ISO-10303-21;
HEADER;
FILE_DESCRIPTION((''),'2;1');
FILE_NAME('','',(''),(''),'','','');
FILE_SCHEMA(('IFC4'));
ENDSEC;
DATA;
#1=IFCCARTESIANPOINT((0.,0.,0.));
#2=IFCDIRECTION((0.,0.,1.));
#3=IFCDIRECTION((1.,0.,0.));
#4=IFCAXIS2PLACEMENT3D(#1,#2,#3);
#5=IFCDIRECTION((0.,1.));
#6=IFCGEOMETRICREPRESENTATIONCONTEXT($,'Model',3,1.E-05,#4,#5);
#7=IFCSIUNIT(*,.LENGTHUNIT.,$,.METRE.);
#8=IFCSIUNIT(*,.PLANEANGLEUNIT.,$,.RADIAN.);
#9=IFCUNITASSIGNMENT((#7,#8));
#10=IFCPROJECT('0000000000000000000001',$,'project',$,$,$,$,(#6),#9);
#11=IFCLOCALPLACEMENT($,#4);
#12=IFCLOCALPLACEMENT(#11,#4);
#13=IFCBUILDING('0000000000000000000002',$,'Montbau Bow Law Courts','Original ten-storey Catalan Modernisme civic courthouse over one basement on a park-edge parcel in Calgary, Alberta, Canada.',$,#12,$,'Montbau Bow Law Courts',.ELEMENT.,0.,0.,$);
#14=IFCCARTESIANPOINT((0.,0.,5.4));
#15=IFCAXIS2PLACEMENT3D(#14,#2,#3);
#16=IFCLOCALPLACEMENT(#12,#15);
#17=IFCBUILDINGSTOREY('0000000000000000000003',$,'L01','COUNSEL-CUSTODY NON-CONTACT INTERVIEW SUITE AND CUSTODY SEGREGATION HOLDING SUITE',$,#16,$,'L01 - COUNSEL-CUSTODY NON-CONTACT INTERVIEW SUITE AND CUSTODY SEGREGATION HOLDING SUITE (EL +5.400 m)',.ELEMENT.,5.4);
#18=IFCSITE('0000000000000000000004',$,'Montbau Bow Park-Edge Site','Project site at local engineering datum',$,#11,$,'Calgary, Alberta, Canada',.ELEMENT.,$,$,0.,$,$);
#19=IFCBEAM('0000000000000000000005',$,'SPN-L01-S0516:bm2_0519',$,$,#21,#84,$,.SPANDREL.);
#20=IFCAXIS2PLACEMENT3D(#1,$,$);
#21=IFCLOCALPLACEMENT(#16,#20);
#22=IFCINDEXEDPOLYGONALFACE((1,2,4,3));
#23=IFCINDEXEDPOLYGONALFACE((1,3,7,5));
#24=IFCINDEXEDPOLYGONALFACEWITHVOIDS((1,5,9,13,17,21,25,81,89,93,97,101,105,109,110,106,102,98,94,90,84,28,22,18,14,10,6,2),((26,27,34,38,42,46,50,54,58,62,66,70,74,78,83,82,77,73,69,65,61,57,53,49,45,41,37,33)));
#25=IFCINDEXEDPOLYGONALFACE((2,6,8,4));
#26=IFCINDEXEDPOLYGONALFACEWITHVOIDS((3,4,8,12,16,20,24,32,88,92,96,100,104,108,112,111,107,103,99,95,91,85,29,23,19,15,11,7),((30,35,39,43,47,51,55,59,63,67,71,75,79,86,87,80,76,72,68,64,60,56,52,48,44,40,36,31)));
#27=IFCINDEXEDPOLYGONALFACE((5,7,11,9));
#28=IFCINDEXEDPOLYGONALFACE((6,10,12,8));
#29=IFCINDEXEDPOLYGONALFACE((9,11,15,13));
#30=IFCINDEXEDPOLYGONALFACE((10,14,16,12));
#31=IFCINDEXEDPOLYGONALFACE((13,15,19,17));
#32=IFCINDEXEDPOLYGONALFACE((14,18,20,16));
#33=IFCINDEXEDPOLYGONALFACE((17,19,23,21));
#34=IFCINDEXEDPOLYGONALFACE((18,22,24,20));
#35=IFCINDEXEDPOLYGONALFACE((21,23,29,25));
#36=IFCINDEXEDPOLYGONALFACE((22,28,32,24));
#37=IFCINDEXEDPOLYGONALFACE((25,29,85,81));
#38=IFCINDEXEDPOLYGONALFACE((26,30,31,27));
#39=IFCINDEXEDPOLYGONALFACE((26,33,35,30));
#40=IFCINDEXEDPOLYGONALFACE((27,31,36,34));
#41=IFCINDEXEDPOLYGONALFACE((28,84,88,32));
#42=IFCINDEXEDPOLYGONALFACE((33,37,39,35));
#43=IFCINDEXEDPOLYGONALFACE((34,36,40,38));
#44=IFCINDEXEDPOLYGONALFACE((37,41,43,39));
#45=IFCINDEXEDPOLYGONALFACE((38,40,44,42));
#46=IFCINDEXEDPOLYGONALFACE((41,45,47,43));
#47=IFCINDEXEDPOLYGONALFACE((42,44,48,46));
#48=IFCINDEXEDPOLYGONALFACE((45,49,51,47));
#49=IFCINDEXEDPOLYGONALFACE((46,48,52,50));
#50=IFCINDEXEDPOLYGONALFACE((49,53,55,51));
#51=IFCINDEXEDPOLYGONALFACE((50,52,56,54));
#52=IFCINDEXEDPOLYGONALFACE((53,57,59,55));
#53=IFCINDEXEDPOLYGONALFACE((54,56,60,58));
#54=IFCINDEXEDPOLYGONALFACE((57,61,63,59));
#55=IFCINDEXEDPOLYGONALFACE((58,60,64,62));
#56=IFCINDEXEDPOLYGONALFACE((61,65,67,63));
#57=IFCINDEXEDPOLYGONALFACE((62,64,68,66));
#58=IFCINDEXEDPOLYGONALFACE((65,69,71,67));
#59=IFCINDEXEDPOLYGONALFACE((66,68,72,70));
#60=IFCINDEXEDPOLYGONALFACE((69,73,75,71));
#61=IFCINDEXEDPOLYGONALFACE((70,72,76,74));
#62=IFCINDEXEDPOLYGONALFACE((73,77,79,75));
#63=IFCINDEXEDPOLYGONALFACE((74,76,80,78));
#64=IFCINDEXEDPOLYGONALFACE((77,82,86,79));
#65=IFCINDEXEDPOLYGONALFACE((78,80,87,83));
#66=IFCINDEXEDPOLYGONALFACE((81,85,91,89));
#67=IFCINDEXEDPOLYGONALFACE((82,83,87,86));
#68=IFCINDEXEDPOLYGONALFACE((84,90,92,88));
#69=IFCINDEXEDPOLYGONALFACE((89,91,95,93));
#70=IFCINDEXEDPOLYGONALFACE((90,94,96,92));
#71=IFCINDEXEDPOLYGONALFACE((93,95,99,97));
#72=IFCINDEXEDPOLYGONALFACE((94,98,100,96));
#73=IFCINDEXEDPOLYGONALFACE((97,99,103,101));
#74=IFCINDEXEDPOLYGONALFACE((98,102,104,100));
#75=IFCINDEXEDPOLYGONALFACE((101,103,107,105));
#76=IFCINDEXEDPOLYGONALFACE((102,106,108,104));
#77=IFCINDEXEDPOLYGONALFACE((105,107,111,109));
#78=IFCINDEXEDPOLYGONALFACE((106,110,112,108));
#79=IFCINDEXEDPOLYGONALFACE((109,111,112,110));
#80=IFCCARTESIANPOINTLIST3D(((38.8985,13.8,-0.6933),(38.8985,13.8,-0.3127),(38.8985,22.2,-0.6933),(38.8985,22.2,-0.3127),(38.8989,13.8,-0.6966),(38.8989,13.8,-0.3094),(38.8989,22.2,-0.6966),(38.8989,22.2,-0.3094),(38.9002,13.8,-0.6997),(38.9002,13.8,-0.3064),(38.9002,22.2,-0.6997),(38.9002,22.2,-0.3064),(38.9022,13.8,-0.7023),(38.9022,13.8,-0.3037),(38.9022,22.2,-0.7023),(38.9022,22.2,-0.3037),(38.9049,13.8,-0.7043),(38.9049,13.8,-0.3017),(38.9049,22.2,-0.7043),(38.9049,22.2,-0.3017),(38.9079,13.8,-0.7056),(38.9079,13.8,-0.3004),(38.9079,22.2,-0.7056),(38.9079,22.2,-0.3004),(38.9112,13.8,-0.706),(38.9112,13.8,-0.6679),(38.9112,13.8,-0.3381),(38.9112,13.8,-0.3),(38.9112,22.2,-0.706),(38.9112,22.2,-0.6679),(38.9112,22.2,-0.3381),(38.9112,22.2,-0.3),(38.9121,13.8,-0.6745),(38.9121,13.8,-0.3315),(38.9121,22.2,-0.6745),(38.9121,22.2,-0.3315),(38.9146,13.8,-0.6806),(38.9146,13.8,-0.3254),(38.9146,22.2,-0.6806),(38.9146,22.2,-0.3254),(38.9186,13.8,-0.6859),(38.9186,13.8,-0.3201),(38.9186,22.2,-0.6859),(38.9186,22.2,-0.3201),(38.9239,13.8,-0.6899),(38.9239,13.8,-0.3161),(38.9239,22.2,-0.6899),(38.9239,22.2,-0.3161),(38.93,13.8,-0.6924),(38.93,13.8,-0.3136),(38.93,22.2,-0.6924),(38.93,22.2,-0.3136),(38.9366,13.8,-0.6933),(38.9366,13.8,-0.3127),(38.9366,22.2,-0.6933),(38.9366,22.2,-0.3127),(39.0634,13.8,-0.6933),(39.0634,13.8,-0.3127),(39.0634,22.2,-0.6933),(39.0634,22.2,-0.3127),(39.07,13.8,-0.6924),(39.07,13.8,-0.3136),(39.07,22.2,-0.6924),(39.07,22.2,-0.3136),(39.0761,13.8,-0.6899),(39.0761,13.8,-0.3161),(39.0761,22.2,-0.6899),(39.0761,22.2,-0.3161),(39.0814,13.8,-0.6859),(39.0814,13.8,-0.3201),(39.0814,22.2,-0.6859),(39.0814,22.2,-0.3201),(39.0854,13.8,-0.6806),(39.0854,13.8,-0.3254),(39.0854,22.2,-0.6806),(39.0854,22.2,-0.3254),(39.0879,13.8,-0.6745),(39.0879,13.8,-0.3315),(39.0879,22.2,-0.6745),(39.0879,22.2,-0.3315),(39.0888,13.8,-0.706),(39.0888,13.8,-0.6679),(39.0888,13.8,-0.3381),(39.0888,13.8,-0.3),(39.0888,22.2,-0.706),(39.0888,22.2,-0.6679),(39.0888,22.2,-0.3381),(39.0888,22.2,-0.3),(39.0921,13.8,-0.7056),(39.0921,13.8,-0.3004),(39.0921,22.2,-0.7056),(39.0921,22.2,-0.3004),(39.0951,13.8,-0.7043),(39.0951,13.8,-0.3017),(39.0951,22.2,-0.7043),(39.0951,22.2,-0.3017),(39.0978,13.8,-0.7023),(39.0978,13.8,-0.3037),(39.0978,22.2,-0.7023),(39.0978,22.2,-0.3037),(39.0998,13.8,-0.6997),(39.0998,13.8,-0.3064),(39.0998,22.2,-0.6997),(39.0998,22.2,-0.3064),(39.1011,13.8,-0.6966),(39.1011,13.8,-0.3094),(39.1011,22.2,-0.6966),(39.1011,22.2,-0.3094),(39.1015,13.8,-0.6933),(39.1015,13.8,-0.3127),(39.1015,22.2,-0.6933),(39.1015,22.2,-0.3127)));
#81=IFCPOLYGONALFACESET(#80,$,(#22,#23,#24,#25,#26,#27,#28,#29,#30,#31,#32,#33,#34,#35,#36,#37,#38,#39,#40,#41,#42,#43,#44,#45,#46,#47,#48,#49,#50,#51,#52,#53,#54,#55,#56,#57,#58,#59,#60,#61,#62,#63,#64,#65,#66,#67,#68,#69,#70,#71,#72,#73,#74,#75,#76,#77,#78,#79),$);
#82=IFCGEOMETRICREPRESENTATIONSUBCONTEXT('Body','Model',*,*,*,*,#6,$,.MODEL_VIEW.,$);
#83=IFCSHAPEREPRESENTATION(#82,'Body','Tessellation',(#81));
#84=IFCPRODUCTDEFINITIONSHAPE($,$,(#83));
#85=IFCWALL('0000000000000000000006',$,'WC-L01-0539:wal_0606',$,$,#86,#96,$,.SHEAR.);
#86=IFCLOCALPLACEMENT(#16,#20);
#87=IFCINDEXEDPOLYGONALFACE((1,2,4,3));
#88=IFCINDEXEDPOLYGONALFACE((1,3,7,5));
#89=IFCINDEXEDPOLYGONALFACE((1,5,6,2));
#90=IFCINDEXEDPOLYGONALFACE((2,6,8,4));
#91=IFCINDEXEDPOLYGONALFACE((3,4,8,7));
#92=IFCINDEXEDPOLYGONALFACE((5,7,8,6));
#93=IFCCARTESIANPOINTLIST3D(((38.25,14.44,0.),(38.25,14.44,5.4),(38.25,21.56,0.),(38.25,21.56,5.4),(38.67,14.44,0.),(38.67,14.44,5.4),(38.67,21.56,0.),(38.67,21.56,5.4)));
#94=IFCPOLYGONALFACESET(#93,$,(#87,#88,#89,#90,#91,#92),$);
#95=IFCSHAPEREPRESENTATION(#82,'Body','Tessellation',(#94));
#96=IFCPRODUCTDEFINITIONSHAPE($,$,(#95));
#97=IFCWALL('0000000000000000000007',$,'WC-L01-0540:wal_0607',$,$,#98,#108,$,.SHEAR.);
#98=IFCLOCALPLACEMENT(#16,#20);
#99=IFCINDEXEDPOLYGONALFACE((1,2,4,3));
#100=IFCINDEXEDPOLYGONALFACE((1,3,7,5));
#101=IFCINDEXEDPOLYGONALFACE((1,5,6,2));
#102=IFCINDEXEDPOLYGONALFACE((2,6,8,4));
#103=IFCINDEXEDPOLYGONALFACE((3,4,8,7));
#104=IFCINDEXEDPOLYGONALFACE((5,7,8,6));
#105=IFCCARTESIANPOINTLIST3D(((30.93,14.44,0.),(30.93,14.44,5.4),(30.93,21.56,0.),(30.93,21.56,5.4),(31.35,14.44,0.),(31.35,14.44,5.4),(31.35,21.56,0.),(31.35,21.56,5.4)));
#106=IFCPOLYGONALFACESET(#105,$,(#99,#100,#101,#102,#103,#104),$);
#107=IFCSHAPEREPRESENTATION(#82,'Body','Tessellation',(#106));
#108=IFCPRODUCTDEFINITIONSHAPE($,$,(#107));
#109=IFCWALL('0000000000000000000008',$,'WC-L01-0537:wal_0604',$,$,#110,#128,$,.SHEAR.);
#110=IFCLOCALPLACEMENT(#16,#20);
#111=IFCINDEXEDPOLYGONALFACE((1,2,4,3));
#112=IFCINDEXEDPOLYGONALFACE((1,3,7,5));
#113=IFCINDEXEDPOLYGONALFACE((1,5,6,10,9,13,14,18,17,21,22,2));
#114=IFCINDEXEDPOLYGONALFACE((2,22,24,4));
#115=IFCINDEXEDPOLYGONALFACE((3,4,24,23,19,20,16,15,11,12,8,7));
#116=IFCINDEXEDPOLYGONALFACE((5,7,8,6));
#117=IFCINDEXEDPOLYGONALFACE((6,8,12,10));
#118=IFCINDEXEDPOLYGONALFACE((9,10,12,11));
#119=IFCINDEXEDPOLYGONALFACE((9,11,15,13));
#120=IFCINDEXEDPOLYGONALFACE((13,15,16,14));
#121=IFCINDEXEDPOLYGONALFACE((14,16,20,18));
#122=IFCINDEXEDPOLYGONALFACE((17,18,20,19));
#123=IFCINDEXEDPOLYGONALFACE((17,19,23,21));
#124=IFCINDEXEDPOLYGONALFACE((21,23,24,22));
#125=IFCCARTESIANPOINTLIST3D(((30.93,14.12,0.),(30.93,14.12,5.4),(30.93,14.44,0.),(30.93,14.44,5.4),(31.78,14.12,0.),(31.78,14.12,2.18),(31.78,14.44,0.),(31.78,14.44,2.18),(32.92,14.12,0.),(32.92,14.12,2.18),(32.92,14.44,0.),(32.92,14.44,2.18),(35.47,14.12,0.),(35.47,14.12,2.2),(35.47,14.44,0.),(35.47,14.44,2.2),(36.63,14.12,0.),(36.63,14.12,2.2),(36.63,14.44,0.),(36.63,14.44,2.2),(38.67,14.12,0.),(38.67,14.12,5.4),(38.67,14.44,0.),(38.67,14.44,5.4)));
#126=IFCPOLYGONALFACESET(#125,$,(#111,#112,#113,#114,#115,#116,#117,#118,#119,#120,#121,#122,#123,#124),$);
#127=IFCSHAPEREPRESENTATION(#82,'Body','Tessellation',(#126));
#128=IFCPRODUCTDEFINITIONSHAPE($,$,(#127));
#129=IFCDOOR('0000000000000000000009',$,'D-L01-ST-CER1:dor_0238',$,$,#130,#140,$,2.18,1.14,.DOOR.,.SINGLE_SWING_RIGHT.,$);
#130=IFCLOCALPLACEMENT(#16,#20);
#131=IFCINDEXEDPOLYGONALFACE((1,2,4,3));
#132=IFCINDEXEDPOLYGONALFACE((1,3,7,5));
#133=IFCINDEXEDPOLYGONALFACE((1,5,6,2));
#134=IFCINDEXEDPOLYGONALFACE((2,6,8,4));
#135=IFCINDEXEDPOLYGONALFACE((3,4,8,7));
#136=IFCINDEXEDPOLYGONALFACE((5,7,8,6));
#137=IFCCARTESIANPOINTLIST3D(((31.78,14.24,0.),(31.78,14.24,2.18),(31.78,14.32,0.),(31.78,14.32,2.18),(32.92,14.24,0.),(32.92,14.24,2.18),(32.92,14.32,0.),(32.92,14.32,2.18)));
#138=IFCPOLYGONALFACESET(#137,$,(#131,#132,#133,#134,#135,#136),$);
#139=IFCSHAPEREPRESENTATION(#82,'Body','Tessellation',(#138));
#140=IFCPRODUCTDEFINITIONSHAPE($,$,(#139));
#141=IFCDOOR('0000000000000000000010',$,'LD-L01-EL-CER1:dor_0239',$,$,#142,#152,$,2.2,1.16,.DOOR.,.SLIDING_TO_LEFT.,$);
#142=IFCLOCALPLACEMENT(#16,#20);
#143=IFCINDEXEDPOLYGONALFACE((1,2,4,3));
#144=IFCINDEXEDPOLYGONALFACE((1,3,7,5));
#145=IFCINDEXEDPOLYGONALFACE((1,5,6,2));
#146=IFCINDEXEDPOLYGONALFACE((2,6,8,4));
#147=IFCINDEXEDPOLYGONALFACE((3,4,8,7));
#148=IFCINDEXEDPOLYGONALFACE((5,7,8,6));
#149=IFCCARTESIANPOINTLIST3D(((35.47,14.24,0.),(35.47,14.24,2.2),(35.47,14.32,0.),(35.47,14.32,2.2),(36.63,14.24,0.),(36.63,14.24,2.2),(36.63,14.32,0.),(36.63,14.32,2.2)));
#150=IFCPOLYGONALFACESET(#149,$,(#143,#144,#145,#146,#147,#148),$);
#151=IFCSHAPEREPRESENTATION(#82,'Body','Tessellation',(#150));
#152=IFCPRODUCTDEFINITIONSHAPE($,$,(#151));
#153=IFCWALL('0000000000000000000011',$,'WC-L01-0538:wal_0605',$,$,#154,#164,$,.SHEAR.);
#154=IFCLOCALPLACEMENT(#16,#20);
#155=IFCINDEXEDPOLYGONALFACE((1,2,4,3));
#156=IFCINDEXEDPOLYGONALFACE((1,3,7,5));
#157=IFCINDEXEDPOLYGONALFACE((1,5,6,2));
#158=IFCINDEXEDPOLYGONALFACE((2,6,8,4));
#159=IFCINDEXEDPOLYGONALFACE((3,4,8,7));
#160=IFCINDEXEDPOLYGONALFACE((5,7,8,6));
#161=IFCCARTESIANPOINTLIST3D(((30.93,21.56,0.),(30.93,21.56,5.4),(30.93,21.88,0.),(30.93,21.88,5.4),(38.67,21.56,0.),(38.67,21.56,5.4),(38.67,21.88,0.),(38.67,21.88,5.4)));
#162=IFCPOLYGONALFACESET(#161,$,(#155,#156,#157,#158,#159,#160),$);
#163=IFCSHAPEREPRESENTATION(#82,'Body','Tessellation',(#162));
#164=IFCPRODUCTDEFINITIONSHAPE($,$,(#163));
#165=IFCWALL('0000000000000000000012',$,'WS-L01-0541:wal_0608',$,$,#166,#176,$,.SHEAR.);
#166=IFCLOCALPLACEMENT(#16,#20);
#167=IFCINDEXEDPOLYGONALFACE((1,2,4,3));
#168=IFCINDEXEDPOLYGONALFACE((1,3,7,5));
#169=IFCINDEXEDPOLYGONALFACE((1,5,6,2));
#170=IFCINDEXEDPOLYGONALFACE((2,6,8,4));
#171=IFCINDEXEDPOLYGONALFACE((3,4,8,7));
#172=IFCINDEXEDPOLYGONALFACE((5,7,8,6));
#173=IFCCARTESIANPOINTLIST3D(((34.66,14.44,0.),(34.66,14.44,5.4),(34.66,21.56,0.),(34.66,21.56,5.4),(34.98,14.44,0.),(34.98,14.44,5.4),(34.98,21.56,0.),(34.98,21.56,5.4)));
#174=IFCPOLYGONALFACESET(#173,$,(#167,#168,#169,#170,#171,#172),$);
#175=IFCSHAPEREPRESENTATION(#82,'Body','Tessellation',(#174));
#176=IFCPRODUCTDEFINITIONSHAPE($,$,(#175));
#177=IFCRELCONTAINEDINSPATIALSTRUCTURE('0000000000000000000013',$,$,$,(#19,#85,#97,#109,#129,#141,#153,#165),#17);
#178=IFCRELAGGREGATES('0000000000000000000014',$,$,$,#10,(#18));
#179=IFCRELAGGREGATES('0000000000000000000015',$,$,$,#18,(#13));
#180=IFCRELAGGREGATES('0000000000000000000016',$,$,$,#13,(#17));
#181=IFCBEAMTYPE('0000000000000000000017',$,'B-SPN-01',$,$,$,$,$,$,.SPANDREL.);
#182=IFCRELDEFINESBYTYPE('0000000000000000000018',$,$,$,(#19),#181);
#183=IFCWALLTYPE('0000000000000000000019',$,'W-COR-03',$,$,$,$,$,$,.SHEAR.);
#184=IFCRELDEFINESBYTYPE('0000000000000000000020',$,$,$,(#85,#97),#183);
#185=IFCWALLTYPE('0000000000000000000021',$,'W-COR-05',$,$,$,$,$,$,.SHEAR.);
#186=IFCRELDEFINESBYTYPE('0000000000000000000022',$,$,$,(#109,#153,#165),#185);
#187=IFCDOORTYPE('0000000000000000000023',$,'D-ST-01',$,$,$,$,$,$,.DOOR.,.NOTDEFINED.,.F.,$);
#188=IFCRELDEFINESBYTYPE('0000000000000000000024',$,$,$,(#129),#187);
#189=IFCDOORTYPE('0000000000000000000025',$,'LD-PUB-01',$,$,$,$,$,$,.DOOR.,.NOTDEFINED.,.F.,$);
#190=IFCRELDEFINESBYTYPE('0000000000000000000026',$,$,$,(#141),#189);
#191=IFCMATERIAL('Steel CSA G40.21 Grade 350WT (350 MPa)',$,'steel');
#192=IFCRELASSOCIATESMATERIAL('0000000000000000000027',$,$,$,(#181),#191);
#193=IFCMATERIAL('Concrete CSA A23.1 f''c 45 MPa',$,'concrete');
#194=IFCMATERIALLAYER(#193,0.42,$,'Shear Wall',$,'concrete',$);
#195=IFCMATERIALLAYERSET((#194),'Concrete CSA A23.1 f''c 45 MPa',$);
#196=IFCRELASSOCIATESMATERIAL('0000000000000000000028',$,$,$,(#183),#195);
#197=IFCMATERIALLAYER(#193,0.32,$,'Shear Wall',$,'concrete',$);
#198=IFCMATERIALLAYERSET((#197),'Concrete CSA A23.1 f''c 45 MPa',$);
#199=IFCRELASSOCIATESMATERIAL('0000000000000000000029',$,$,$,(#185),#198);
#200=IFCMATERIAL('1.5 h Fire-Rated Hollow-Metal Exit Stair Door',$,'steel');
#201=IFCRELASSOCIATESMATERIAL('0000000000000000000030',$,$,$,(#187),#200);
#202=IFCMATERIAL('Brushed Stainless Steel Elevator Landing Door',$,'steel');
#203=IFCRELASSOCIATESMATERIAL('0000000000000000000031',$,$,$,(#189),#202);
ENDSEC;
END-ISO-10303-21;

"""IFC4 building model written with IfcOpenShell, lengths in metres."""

from ifc_helpers import new_model, si_unit, direction, frame, frame_2d, origin_with_axes, origin_2d_with_axis, place, context, subcontext, project, spatial, rectangle, hollow_rectangle, extrude, material, layer, layer_set, material_profile, profile_set, type_object, element, fill, save


model = new_model("IFC4")

# Units and contexts
model_context = context("Model", 3, precision=1e-05, world=origin_with_axes(), true_north=direction((0.0, 1.0)))
body_context = subcontext(model_context, "Body", "Model", "MODEL_VIEW")
ifc_project = project(units=[si_unit("LENGTHUNIT", "METRE"), si_unit("PLANEANGLEUNIT", "RADIAN")], contexts=[model_context])

# Site, building, storey
site_placement = place(None, origin_with_axes())
site = spatial("IfcSite", under=ifc_project, at=site_placement, Name="Montbau Bow Park-Edge Site", Description="Project site at local engineering datum", LongName="Calgary, Alberta, Canada", CompositionType="ELEMENT", RefElevation=0.0)
building_placement = place(site_placement, origin_with_axes())
building = spatial("IfcBuilding", under=site, at=building_placement, Name="Montbau Bow Law Courts", Description="Original ten-storey Catalan Modernisme civic courthouse over one basement on a park-edge parcel in Calgary, Alberta, Canada.", LongName="Montbau Bow Law Courts", CompositionType="ELEMENT", ElevationOfRefHeight=0.0, ElevationOfTerrain=0.0)
storey_placement = place(building_placement, frame((0.0, 0.0, 5.4), z_axis=(0.0, 0.0, 1.0), x_axis=(1.0, 0.0, 0.0)))
storey = spatial("IfcBuildingStorey", under=building, at=storey_placement, Name="L01", Description="COUNSEL-CUSTODY NON-CONTACT INTERVIEW SUITE AND CUSTODY SEGREGATION HOLDING SUITE", LongName="L01 - COUNSEL-CUSTODY NON-CONTACT INTERVIEW SUITE AND CUSTODY SEGREGATION HOLDING SUITE (EL +5.400 m)", CompositionType="ELEMENT", Elevation=5.4)

# Beam
ifc_material_1 = material(Name="Steel CSA G40.21 Grade 350WT (350 MPa)", Category="steel")
ifc_material_profile_1 = material_profile(ifc_material_1, hollow_rectangle(XDim=0.203, YDim=0.406, WallThickness=0.0127, InnerFilletRadius=0.0254, OuterFilletRadius=0.0127, at=origin_2d_with_axis()), Name="HSS406X203X13", Category="Main", Priority=0)
ifc_profile_set_1 = profile_set([ifc_material_profile_1], Name="Steel CSA G40.21 Grade 350WT (350 MPa)")
beam_type_1 = type_object("IfcBeamType", Name="B-SPN-01", PredefinedType="SPANDREL", material=ifc_profile_set_1)
beam_1_placement = place(None, frame((39.0, 13.8, 4.897), z_axis=(0.0, 1.0, 0.0), x_axis=(-1.0, 0.0, 0.0)))
element("IfcBeam", 1, at=beam_1_placement, inside=storey, type_object=beam_type_1, Name="SPN-L01-S0516:bm2_0519", PredefinedType="SPANDREL", context=body_context, shape_type="SweptSolid", body=[
    extrude(hollow_rectangle(XDim=0.203, YDim=0.406, WallThickness=0.0127, InnerFilletRadius=0.0254, OuterFilletRadius=0.0127, at=origin_2d_with_axis()), origin_with_axes(), (0.0, 0.0, 1.0), 8.4),
])

# Walls
ifc_material_2 = material(Name="Concrete CSA A23.1 f'c 45 MPa", Category="concrete")
ifc_layer_1 = layer(ifc_material_2, 0.42, Name="Shear Wall", Category="concrete")
ifc_layer_set_1 = layer_set([ifc_layer_1], Name="Concrete CSA A23.1 f'c 45 MPa")
wall_type_1 = type_object("IfcWallType", Name="W-COR-03", PredefinedType="SHEAR", material=ifc_layer_set_1)
for number, where, z_axis, x_axis, name in (
    (2, (38.46, 14.44, 5.4), (0.0, 0.0, 1.0), (0.0, 1.0, 0.0), "WC-L01-0539:wal_0606"),
    (3, (31.14, 21.56, 5.4), (0.0, 0.0, 1.0), (0.0, -1.0, 0.0), "WC-L01-0540:wal_0607"),
):
    element("IfcWall", number, at=place(None, frame(where, z_axis=z_axis, x_axis=x_axis)), inside=storey, type_object=wall_type_1, Name=name, PredefinedType="SHEAR", context=body_context, shape_type="SweptSolid", body=[
        extrude(rectangle(XDim=7.12, YDim=0.42, at=frame_2d((3.56, 0.0), x_axis=(1.0, 0.0))), origin_with_axes(), (0.0, 0.0, 1.0), 5.4),
    ])

# Wall, openings, doors
ifc_layer_2 = layer(ifc_material_2, 0.32, Name="Shear Wall", Category="concrete")
ifc_layer_set_2 = layer_set([ifc_layer_2], Name="Concrete CSA A23.1 f'c 45 MPa")
wall_type_2 = type_object("IfcWallType", Name="W-COR-05", PredefinedType="SHEAR", material=ifc_layer_set_2)
wall_1_placement = place(None, frame((30.93, 14.28, 5.4), z_axis=(0.0, 0.0, 1.0), x_axis=(1.0, 0.0, 0.0)))
wall_1 = element("IfcWall", 4, at=wall_1_placement, inside=storey, type_object=wall_type_2, Name="WC-L01-0537:wal_0604", PredefinedType="SHEAR", context=body_context, shape_type="SweptSolid", body=[
    extrude(rectangle(XDim=7.74, YDim=0.32, at=frame_2d((3.87, 0.0), x_axis=(1.0, 0.0))), origin_with_axes(), (0.0, 0.0, 1.0), 5.4),
])
opening_1_placement = place(None, frame((32.35, 14.28, 5.4), z_axis=(0.0, 0.0, 1.0), x_axis=(1.0, 0.0, 0.0)))
opening_1 = element("IfcOpeningElement", 5, at=opening_1_placement, cuts=wall_1, PredefinedType="OPENING", context=body_context, shape_type="SweptSolid", body=[
    extrude(rectangle(XDim=1.14, YDim=2.18, at=frame_2d((0.0, 1.09), x_axis=(1.0, 0.0))), frame((0.0, 0.17, 0.0), z_axis=(0.0, -1.0, 0.0), x_axis=(1.0, 0.0, 0.0)), (0.0, 0.0, 1.0), 0.34),
])
opening_2_placement = place(None, frame((36.05, 14.28, 5.4), z_axis=(0.0, 0.0, 1.0), x_axis=(1.0, 0.0, 0.0)))
opening_2 = element("IfcOpeningElement", 6, at=opening_2_placement, cuts=wall_1, PredefinedType="OPENING", context=body_context, shape_type="SweptSolid", body=[
    extrude(rectangle(XDim=1.16, YDim=2.2, at=frame_2d((0.0, 1.1), x_axis=(1.0, 0.0))), frame((0.0, 0.17, 0.0), z_axis=(0.0, -1.0, 0.0), x_axis=(1.0, 0.0, 0.0)), (0.0, 0.0, 1.0), 0.34),
])
ifc_material_3 = material(Name="1.5 h Fire-Rated Hollow-Metal Exit Stair Door", Category="steel")
door_type_1 = type_object("IfcDoorType", Name="D-ST-01", OperationType="NOTDEFINED", ParameterTakesPrecedence=False, PredefinedType="DOOR", material=ifc_material_3)
door_1_placement = place(None, frame((32.35, 14.28, 5.4), z_axis=(0.0, 0.0, 1.0), x_axis=(-1.0, 0.0, 0.0)))
door_1 = element("IfcDoor", 7, at=door_1_placement, inside=storey, type_object=door_type_1, Name="D-L01-ST-CER1:dor_0238", OperationType="SINGLE_SWING_RIGHT", OverallHeight=2.18, OverallWidth=1.14, PredefinedType="DOOR", context=body_context, shape_type="SweptSolid", body=[
    extrude(rectangle(XDim=1.14, YDim=2.18, at=frame_2d((0.0, 1.09), x_axis=(1.0, 0.0))), frame((0.0, 0.04, 0.0), z_axis=(0.0, -1.0, 0.0), x_axis=(1.0, 0.0, 0.0)), (0.0, 0.0, 1.0), 0.08),
])
fill(opening_1, door_1)
ifc_material_4 = material(Name="Brushed Stainless Steel Elevator Landing Door", Category="steel")
door_type_2 = type_object("IfcDoorType", Name="LD-PUB-01", OperationType="NOTDEFINED", ParameterTakesPrecedence=False, PredefinedType="DOOR", material=ifc_material_4)
door_2_placement = place(None, frame((36.05, 14.28, 5.4), z_axis=(0.0, 0.0, 1.0), x_axis=(-1.0, 0.0, 0.0)))
door_2 = element("IfcDoor", 8, at=door_2_placement, inside=storey, type_object=door_type_2, Name="LD-L01-EL-CER1:dor_0239", OperationType="SLIDING_TO_LEFT", OverallHeight=2.2, OverallWidth=1.16, PredefinedType="DOOR", context=body_context, shape_type="SweptSolid", body=[
    extrude(rectangle(XDim=1.16, YDim=2.2, at=frame_2d((0.0, 1.1), x_axis=(1.0, 0.0))), frame((0.0, 0.04, 0.0), z_axis=(0.0, -1.0, 0.0), x_axis=(1.0, 0.0, 0.0)), (0.0, 0.0, 1.0), 0.08),
])
fill(opening_2, door_2)

# Walls
wall_2_placement = place(None, frame((38.67, 21.72, 5.4), z_axis=(0.0, 0.0, 1.0), x_axis=(-1.0, 0.0, 0.0)))
element("IfcWall", 9, at=wall_2_placement, inside=storey, type_object=wall_type_2, Name="WC-L01-0538:wal_0605", PredefinedType="SHEAR", context=body_context, shape_type="SweptSolid", body=[
    extrude(rectangle(XDim=7.74, YDim=0.32, at=frame_2d((3.87, 0.0), x_axis=(1.0, 0.0))), origin_with_axes(), (0.0, 0.0, 1.0), 5.4),
])
wall_3_placement = place(None, frame((34.82, 14.44, 5.4), z_axis=(0.0, 0.0, 1.0), x_axis=(0.0, 1.0, 0.0)))
element("IfcWall", 10, at=wall_3_placement, inside=storey, type_object=wall_type_2, Name="WS-L01-0541:wal_0608", PredefinedType="SHEAR", context=body_context, shape_type="SweptSolid", body=[
    extrude(rectangle(XDim=7.12, YDim=0.32, at=frame_2d((3.56, 0.0), x_axis=(1.0, 0.0))), origin_with_axes(), (0.0, 0.0, 1.0), 5.4),
])

save(model, "model.ifc")
